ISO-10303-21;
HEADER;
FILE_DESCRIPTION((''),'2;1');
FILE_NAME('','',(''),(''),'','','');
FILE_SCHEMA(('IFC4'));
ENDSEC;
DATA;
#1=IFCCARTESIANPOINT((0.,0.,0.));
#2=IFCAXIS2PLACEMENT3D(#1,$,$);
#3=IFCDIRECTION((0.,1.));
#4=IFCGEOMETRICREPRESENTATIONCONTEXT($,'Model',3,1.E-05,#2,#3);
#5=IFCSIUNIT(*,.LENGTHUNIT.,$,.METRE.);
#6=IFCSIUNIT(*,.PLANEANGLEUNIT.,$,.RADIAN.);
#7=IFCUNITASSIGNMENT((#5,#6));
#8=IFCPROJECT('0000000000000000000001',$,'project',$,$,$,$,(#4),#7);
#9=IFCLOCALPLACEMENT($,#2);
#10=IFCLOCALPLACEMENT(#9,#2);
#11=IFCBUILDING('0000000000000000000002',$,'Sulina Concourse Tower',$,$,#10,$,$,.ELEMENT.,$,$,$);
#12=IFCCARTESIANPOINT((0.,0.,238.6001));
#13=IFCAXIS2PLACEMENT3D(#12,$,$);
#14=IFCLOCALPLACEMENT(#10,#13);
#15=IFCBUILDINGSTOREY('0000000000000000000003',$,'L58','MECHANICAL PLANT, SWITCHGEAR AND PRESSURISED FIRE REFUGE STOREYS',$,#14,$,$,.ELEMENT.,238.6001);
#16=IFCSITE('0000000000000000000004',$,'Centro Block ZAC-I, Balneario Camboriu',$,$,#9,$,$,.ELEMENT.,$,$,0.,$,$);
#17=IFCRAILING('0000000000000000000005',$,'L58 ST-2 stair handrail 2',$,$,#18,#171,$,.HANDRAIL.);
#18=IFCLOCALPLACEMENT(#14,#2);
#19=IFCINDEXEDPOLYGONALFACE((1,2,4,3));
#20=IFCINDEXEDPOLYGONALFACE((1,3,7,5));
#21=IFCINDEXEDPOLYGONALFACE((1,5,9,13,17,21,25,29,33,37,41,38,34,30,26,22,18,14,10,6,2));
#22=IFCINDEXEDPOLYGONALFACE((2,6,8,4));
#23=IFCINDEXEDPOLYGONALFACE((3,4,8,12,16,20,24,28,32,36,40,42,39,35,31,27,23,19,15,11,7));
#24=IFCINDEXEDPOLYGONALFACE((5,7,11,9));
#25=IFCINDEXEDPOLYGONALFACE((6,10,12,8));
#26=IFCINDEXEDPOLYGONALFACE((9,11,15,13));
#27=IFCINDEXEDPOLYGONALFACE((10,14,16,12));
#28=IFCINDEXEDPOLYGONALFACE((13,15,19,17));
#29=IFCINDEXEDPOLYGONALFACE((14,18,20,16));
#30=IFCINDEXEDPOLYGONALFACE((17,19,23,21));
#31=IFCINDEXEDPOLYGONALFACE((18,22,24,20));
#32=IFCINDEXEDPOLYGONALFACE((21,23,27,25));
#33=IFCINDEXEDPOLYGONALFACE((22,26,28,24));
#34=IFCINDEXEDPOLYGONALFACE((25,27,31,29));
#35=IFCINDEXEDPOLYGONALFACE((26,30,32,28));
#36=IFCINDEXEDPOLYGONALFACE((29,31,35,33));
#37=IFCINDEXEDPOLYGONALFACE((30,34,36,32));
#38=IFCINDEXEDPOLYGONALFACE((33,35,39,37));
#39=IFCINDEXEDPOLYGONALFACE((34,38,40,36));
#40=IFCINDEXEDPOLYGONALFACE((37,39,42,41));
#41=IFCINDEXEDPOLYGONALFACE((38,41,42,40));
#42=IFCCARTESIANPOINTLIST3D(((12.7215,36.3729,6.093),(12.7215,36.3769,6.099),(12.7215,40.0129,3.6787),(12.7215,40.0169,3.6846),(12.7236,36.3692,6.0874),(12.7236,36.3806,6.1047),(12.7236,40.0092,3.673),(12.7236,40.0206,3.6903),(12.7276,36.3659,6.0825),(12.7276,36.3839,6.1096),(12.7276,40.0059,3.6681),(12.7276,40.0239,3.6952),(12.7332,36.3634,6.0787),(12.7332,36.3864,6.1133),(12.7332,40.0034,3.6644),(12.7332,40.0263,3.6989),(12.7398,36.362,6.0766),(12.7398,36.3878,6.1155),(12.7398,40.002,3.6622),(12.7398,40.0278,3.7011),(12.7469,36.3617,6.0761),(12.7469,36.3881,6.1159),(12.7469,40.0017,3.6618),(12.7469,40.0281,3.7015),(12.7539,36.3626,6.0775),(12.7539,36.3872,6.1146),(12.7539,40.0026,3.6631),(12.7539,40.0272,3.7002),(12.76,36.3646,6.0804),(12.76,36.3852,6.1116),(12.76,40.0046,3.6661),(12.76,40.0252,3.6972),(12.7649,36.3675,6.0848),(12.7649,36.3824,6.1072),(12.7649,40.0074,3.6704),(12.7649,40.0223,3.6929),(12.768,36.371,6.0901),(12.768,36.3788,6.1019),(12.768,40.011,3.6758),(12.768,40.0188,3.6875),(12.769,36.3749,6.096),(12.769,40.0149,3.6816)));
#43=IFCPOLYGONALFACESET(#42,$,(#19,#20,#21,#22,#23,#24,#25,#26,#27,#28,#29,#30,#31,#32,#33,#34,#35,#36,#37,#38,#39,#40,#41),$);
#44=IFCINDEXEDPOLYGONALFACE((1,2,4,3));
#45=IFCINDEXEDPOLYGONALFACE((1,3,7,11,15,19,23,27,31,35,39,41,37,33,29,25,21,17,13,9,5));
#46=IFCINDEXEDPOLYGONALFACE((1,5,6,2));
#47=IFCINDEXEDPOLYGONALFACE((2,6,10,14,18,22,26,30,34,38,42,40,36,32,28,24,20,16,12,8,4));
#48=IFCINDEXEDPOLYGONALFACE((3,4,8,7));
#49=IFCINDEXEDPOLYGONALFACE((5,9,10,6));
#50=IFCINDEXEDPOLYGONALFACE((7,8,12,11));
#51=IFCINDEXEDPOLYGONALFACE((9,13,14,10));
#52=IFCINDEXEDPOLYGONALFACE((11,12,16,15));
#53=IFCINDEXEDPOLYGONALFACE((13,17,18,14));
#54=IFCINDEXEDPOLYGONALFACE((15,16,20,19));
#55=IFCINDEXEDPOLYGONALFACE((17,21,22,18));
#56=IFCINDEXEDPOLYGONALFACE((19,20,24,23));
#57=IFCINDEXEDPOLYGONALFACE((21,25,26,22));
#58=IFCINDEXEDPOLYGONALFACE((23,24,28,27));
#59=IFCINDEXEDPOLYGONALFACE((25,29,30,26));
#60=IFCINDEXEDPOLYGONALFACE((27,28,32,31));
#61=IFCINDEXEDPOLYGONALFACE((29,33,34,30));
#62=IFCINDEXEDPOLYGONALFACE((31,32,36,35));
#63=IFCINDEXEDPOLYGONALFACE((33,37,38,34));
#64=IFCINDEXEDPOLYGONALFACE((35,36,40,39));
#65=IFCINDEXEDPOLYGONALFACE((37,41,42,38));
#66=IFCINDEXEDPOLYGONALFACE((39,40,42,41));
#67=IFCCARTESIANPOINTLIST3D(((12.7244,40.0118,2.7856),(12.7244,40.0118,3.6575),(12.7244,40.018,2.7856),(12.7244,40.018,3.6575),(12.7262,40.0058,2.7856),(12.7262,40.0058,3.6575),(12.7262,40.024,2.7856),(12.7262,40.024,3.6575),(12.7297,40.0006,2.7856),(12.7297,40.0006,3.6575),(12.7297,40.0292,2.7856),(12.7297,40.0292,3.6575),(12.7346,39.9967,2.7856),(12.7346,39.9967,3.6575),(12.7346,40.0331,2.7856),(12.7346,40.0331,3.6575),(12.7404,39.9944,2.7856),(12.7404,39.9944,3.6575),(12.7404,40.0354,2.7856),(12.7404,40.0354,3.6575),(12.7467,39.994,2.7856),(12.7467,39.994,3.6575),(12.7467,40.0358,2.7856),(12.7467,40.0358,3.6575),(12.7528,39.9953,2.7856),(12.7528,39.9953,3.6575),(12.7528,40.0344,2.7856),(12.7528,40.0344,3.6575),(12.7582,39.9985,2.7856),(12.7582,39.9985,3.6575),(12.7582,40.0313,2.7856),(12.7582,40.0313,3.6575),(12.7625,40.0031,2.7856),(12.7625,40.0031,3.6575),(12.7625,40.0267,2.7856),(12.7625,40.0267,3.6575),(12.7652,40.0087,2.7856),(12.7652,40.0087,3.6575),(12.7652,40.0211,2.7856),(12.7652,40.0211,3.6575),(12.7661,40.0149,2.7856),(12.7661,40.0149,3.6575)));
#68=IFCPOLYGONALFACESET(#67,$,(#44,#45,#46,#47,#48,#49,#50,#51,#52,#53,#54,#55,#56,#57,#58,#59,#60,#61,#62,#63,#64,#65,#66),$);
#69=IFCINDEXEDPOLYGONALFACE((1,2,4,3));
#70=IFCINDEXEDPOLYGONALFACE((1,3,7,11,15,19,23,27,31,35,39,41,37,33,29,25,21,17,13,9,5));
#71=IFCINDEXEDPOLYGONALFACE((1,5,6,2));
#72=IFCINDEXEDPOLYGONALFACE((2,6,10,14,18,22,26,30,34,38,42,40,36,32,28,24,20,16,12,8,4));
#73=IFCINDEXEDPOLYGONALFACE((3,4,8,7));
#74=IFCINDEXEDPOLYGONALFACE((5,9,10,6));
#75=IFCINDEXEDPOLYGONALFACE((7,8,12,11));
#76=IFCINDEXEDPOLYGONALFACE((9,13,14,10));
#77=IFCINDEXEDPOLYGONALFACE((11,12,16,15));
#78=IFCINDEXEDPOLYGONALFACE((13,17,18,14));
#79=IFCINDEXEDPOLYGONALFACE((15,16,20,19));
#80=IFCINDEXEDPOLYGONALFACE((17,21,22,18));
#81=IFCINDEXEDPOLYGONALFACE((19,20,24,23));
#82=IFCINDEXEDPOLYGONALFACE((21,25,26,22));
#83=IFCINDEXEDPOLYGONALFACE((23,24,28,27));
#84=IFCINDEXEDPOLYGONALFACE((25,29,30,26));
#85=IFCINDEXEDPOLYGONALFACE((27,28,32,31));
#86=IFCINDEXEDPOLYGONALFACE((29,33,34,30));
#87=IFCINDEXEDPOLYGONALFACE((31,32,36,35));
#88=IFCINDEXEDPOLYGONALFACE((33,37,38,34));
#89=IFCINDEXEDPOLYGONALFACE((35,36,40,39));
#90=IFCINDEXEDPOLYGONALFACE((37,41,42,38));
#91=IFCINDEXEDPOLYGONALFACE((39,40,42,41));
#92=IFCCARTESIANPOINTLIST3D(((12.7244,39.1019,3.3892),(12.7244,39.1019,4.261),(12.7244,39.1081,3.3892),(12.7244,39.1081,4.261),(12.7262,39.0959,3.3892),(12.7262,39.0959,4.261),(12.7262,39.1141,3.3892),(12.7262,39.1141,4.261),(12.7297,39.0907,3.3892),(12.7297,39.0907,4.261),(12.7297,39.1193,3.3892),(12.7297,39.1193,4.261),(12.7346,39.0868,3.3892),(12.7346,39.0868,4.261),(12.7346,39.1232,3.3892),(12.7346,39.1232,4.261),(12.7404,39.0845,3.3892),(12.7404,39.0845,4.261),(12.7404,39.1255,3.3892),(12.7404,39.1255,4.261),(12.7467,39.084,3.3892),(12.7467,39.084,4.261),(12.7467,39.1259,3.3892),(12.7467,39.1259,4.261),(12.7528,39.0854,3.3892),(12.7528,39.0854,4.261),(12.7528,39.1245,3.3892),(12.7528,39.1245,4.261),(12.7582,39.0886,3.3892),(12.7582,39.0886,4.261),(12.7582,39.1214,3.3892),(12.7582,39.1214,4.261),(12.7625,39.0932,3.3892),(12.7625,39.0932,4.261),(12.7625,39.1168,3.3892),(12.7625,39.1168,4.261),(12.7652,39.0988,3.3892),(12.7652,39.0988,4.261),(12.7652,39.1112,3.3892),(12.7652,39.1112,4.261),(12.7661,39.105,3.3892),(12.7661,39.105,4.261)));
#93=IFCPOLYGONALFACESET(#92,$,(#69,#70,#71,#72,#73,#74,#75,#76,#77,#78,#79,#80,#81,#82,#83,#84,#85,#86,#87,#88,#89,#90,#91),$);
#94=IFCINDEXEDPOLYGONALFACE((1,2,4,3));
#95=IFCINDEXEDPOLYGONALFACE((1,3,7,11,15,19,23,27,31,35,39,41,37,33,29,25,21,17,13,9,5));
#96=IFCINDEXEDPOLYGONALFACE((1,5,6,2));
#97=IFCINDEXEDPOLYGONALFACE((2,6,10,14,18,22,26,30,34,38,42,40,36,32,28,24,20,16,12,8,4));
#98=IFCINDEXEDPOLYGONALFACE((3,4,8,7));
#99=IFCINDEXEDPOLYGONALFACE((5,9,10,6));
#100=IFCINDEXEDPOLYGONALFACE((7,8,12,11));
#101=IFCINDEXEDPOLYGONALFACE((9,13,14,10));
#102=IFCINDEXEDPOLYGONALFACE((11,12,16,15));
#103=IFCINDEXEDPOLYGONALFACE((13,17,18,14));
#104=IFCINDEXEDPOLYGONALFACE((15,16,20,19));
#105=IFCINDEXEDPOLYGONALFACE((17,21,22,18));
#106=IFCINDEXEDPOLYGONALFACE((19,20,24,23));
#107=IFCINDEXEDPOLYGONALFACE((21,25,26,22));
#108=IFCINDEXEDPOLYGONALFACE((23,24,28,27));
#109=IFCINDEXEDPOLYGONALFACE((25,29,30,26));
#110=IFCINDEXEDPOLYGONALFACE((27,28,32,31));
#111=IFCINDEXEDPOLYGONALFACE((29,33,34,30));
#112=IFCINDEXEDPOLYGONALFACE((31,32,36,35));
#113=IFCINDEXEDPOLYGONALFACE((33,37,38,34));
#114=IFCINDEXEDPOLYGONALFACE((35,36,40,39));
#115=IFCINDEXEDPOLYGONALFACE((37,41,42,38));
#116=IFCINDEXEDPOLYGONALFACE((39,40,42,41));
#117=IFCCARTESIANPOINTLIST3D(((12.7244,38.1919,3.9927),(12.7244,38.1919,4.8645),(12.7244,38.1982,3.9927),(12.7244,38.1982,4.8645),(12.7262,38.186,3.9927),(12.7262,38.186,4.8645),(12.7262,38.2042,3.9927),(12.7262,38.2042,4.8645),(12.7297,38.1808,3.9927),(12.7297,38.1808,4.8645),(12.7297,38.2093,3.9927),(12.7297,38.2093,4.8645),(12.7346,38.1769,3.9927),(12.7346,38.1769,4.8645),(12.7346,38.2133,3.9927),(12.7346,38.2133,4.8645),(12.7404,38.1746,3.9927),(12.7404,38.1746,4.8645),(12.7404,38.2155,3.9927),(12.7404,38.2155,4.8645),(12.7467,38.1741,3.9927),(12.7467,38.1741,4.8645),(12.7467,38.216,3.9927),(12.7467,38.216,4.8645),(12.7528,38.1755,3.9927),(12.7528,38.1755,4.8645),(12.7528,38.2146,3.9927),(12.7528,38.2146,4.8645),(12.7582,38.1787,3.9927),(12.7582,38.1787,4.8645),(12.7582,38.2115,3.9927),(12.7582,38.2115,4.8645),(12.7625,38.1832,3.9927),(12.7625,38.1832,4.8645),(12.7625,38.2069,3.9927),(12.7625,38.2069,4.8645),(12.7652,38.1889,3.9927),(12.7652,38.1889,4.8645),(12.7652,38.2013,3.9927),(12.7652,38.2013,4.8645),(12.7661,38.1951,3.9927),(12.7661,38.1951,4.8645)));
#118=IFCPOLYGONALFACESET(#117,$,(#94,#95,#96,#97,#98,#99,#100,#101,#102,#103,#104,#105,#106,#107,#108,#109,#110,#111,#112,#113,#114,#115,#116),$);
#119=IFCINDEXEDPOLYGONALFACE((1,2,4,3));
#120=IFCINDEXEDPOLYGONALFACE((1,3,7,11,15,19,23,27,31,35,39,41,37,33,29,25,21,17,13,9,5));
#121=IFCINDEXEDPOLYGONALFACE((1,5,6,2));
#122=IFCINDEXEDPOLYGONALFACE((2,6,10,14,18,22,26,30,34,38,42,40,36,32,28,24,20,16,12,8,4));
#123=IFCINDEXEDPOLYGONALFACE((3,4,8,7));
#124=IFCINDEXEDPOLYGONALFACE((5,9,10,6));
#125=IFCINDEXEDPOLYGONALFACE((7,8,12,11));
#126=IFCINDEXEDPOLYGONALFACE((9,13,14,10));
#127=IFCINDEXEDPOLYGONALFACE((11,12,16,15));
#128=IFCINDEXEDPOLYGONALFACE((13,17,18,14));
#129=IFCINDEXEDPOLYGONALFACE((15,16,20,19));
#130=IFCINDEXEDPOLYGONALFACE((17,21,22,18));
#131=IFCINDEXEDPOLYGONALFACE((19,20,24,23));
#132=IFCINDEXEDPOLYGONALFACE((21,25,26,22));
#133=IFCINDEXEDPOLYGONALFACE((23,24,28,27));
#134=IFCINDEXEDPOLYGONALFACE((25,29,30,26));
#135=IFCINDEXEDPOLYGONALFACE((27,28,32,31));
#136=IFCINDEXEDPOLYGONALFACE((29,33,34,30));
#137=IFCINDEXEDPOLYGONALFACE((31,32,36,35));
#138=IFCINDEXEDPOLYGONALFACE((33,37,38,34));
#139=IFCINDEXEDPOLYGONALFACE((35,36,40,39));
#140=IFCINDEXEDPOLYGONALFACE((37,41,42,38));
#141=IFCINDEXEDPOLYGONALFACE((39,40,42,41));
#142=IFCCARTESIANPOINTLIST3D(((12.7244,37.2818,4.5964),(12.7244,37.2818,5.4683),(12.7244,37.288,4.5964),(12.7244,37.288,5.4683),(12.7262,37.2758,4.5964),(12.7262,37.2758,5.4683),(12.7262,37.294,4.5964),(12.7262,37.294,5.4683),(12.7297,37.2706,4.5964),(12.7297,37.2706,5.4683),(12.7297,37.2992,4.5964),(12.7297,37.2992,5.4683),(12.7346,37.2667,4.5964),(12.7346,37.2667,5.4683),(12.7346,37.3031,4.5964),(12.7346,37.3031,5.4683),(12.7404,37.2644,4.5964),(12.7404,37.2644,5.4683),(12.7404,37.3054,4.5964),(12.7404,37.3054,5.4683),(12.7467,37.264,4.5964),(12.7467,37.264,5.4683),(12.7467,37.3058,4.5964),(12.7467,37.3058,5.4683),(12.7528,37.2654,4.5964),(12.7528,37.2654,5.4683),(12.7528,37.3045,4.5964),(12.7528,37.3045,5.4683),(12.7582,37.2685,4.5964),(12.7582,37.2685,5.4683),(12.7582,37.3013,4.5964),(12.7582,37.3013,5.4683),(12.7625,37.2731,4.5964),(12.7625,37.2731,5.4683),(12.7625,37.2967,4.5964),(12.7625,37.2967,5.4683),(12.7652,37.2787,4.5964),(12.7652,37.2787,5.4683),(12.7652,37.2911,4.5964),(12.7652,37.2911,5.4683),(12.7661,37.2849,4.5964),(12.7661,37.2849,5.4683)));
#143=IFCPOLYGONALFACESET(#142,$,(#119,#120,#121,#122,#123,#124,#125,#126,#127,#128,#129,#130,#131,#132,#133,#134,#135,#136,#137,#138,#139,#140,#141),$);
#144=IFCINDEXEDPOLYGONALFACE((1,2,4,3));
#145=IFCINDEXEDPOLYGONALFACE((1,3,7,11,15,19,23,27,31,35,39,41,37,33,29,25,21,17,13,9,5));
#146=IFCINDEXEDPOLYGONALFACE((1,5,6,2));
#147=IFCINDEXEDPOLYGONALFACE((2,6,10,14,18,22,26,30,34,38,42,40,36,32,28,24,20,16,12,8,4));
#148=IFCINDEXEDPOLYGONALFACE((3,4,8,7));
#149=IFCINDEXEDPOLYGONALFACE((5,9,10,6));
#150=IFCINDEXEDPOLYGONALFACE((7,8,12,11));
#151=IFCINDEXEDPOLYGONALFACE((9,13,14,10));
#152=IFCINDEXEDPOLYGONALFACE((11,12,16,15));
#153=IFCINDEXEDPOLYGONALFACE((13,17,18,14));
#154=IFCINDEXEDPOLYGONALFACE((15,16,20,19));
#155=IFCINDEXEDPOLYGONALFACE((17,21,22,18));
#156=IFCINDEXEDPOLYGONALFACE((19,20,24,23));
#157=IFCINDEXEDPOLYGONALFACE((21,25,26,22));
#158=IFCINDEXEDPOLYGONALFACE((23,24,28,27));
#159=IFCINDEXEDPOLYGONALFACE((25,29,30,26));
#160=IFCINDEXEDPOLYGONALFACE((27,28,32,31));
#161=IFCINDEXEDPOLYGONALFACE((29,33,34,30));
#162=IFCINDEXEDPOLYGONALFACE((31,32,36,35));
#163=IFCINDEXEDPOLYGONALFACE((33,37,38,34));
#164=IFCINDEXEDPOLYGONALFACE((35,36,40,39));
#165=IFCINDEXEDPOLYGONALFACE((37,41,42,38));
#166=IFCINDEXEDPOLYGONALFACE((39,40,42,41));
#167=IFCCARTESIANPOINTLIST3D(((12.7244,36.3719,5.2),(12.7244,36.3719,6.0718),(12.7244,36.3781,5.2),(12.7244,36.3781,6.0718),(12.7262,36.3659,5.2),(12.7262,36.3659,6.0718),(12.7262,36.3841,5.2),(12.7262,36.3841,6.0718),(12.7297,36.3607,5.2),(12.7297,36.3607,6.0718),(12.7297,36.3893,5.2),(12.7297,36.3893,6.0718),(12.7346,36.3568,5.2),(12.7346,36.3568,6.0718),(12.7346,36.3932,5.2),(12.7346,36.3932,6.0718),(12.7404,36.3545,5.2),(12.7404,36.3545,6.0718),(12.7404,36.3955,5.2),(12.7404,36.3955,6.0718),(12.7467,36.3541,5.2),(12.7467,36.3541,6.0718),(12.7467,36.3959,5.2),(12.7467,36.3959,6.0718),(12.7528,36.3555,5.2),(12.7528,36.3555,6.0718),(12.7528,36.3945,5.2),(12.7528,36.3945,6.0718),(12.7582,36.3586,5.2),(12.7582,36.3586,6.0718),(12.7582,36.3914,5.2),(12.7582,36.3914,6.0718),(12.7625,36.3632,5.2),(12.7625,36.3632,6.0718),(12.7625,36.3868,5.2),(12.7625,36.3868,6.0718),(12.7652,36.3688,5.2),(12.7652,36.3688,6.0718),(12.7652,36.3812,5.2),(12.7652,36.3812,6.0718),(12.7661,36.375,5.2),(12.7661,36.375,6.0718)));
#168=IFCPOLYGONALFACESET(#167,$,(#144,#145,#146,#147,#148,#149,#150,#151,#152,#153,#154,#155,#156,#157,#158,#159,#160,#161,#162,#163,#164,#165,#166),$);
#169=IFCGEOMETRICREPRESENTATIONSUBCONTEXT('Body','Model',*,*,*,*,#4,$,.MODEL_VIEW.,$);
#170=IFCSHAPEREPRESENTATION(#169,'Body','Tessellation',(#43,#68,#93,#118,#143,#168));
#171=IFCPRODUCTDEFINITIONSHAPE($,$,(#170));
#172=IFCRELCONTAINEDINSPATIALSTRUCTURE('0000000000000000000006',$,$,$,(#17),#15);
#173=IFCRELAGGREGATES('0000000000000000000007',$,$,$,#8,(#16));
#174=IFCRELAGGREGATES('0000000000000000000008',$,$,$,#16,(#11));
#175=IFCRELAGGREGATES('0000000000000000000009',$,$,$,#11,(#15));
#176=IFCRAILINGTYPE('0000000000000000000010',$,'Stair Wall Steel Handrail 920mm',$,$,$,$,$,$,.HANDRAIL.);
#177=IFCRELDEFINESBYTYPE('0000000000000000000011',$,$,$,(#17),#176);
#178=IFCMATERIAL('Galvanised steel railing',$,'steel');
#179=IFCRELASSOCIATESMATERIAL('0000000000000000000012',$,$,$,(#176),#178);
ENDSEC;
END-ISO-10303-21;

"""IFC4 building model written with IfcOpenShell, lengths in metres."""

from ifc_helpers import new_model, si_unit, direction, frame, origin, origin_2d, place, context, subcontext, project, spatial, circle, extrude, material, type_object, element, save


model = new_model("IFC4")

# Units and contexts
model_context = context("Model", 3, precision=1e-05, world=origin(), true_north=direction((0.0, 1.0)))
body_context = subcontext(model_context, "Body", "Model", "MODEL_VIEW")
ifc_project = project(units=[si_unit("LENGTHUNIT", "METRE"), si_unit("PLANEANGLEUNIT", "RADIAN")], contexts=[model_context])

# Site, building, storey
site_placement = place(None, origin())
site = spatial("IfcSite", under=ifc_project, at=site_placement, Name="Centro Block ZAC-I, Balneario Camboriu", CompositionType="ELEMENT", RefElevation=0.0)
building_placement = place(site_placement, origin())
building = spatial("IfcBuilding", under=site, at=building_placement, Name="Sulina Concourse Tower", CompositionType="ELEMENT")
storey_placement = place(building_placement, frame((0.0, 0.0, 238.6001)))
storey = spatial("IfcBuildingStorey", under=building, at=storey_placement, Name="L58", Description="MECHANICAL PLANT, SWITCHGEAR AND PRESSURISED FIRE REFUGE STOREYS", CompositionType="ELEMENT", Elevation=238.6001)

# Railing
ifc_material_1 = material(Name="Galvanised steel railing", Category="steel")
railing_type_1 = type_object("IfcRailingType", Name="Stair Wall Steel Handrail 920mm", PredefinedType="HANDRAIL", material=ifc_material_1)
railing_1_placement = place(storey_placement, frame((12.7451, 40.0149, 2.7856)))
element("IfcRailing", 1, at=railing_1_placement, inside=storey, type_object=railing_type_1, Name="L58 ST-2 stair handrail 2", PredefinedType="HANDRAIL", context=body_context, shape_type="SweptSolid", body=[
    extrude(circle(Radius=0.0239, at=origin_2d()), frame((0.0, 0.0, 0.896), z_axis=(0.0, -0.833347, 0.552751), x_axis=(1.0, 0.0, 0.0)), (0.0, 0.0, 1.0), 4.3679),
    extrude(circle(Radius=0.021, at=origin_2d()), origin(), (0.0, 0.0, 1.0), 0.8718),
    extrude(circle(Radius=0.021, at=origin_2d()), frame((0.0, -0.9099, 0.6035)), (0.0, 0.0, 1.0), 0.8718),
    extrude(circle(Radius=0.021, at=origin_2d()), frame((0.0, -1.8198, 1.207)), (0.0, 0.0, 1.0), 0.8718),
    extrude(circle(Radius=0.021, at=origin_2d()), frame((0.0, -2.73, 1.8108)), (0.0, 0.0, 1.0), 0.8718),
    extrude(circle(Radius=0.021, at=origin_2d()), frame((0.0, -3.6399, 2.4143)), (0.0, 0.0, 1.0), 0.8718),
])

save(model, "model.ifc")
